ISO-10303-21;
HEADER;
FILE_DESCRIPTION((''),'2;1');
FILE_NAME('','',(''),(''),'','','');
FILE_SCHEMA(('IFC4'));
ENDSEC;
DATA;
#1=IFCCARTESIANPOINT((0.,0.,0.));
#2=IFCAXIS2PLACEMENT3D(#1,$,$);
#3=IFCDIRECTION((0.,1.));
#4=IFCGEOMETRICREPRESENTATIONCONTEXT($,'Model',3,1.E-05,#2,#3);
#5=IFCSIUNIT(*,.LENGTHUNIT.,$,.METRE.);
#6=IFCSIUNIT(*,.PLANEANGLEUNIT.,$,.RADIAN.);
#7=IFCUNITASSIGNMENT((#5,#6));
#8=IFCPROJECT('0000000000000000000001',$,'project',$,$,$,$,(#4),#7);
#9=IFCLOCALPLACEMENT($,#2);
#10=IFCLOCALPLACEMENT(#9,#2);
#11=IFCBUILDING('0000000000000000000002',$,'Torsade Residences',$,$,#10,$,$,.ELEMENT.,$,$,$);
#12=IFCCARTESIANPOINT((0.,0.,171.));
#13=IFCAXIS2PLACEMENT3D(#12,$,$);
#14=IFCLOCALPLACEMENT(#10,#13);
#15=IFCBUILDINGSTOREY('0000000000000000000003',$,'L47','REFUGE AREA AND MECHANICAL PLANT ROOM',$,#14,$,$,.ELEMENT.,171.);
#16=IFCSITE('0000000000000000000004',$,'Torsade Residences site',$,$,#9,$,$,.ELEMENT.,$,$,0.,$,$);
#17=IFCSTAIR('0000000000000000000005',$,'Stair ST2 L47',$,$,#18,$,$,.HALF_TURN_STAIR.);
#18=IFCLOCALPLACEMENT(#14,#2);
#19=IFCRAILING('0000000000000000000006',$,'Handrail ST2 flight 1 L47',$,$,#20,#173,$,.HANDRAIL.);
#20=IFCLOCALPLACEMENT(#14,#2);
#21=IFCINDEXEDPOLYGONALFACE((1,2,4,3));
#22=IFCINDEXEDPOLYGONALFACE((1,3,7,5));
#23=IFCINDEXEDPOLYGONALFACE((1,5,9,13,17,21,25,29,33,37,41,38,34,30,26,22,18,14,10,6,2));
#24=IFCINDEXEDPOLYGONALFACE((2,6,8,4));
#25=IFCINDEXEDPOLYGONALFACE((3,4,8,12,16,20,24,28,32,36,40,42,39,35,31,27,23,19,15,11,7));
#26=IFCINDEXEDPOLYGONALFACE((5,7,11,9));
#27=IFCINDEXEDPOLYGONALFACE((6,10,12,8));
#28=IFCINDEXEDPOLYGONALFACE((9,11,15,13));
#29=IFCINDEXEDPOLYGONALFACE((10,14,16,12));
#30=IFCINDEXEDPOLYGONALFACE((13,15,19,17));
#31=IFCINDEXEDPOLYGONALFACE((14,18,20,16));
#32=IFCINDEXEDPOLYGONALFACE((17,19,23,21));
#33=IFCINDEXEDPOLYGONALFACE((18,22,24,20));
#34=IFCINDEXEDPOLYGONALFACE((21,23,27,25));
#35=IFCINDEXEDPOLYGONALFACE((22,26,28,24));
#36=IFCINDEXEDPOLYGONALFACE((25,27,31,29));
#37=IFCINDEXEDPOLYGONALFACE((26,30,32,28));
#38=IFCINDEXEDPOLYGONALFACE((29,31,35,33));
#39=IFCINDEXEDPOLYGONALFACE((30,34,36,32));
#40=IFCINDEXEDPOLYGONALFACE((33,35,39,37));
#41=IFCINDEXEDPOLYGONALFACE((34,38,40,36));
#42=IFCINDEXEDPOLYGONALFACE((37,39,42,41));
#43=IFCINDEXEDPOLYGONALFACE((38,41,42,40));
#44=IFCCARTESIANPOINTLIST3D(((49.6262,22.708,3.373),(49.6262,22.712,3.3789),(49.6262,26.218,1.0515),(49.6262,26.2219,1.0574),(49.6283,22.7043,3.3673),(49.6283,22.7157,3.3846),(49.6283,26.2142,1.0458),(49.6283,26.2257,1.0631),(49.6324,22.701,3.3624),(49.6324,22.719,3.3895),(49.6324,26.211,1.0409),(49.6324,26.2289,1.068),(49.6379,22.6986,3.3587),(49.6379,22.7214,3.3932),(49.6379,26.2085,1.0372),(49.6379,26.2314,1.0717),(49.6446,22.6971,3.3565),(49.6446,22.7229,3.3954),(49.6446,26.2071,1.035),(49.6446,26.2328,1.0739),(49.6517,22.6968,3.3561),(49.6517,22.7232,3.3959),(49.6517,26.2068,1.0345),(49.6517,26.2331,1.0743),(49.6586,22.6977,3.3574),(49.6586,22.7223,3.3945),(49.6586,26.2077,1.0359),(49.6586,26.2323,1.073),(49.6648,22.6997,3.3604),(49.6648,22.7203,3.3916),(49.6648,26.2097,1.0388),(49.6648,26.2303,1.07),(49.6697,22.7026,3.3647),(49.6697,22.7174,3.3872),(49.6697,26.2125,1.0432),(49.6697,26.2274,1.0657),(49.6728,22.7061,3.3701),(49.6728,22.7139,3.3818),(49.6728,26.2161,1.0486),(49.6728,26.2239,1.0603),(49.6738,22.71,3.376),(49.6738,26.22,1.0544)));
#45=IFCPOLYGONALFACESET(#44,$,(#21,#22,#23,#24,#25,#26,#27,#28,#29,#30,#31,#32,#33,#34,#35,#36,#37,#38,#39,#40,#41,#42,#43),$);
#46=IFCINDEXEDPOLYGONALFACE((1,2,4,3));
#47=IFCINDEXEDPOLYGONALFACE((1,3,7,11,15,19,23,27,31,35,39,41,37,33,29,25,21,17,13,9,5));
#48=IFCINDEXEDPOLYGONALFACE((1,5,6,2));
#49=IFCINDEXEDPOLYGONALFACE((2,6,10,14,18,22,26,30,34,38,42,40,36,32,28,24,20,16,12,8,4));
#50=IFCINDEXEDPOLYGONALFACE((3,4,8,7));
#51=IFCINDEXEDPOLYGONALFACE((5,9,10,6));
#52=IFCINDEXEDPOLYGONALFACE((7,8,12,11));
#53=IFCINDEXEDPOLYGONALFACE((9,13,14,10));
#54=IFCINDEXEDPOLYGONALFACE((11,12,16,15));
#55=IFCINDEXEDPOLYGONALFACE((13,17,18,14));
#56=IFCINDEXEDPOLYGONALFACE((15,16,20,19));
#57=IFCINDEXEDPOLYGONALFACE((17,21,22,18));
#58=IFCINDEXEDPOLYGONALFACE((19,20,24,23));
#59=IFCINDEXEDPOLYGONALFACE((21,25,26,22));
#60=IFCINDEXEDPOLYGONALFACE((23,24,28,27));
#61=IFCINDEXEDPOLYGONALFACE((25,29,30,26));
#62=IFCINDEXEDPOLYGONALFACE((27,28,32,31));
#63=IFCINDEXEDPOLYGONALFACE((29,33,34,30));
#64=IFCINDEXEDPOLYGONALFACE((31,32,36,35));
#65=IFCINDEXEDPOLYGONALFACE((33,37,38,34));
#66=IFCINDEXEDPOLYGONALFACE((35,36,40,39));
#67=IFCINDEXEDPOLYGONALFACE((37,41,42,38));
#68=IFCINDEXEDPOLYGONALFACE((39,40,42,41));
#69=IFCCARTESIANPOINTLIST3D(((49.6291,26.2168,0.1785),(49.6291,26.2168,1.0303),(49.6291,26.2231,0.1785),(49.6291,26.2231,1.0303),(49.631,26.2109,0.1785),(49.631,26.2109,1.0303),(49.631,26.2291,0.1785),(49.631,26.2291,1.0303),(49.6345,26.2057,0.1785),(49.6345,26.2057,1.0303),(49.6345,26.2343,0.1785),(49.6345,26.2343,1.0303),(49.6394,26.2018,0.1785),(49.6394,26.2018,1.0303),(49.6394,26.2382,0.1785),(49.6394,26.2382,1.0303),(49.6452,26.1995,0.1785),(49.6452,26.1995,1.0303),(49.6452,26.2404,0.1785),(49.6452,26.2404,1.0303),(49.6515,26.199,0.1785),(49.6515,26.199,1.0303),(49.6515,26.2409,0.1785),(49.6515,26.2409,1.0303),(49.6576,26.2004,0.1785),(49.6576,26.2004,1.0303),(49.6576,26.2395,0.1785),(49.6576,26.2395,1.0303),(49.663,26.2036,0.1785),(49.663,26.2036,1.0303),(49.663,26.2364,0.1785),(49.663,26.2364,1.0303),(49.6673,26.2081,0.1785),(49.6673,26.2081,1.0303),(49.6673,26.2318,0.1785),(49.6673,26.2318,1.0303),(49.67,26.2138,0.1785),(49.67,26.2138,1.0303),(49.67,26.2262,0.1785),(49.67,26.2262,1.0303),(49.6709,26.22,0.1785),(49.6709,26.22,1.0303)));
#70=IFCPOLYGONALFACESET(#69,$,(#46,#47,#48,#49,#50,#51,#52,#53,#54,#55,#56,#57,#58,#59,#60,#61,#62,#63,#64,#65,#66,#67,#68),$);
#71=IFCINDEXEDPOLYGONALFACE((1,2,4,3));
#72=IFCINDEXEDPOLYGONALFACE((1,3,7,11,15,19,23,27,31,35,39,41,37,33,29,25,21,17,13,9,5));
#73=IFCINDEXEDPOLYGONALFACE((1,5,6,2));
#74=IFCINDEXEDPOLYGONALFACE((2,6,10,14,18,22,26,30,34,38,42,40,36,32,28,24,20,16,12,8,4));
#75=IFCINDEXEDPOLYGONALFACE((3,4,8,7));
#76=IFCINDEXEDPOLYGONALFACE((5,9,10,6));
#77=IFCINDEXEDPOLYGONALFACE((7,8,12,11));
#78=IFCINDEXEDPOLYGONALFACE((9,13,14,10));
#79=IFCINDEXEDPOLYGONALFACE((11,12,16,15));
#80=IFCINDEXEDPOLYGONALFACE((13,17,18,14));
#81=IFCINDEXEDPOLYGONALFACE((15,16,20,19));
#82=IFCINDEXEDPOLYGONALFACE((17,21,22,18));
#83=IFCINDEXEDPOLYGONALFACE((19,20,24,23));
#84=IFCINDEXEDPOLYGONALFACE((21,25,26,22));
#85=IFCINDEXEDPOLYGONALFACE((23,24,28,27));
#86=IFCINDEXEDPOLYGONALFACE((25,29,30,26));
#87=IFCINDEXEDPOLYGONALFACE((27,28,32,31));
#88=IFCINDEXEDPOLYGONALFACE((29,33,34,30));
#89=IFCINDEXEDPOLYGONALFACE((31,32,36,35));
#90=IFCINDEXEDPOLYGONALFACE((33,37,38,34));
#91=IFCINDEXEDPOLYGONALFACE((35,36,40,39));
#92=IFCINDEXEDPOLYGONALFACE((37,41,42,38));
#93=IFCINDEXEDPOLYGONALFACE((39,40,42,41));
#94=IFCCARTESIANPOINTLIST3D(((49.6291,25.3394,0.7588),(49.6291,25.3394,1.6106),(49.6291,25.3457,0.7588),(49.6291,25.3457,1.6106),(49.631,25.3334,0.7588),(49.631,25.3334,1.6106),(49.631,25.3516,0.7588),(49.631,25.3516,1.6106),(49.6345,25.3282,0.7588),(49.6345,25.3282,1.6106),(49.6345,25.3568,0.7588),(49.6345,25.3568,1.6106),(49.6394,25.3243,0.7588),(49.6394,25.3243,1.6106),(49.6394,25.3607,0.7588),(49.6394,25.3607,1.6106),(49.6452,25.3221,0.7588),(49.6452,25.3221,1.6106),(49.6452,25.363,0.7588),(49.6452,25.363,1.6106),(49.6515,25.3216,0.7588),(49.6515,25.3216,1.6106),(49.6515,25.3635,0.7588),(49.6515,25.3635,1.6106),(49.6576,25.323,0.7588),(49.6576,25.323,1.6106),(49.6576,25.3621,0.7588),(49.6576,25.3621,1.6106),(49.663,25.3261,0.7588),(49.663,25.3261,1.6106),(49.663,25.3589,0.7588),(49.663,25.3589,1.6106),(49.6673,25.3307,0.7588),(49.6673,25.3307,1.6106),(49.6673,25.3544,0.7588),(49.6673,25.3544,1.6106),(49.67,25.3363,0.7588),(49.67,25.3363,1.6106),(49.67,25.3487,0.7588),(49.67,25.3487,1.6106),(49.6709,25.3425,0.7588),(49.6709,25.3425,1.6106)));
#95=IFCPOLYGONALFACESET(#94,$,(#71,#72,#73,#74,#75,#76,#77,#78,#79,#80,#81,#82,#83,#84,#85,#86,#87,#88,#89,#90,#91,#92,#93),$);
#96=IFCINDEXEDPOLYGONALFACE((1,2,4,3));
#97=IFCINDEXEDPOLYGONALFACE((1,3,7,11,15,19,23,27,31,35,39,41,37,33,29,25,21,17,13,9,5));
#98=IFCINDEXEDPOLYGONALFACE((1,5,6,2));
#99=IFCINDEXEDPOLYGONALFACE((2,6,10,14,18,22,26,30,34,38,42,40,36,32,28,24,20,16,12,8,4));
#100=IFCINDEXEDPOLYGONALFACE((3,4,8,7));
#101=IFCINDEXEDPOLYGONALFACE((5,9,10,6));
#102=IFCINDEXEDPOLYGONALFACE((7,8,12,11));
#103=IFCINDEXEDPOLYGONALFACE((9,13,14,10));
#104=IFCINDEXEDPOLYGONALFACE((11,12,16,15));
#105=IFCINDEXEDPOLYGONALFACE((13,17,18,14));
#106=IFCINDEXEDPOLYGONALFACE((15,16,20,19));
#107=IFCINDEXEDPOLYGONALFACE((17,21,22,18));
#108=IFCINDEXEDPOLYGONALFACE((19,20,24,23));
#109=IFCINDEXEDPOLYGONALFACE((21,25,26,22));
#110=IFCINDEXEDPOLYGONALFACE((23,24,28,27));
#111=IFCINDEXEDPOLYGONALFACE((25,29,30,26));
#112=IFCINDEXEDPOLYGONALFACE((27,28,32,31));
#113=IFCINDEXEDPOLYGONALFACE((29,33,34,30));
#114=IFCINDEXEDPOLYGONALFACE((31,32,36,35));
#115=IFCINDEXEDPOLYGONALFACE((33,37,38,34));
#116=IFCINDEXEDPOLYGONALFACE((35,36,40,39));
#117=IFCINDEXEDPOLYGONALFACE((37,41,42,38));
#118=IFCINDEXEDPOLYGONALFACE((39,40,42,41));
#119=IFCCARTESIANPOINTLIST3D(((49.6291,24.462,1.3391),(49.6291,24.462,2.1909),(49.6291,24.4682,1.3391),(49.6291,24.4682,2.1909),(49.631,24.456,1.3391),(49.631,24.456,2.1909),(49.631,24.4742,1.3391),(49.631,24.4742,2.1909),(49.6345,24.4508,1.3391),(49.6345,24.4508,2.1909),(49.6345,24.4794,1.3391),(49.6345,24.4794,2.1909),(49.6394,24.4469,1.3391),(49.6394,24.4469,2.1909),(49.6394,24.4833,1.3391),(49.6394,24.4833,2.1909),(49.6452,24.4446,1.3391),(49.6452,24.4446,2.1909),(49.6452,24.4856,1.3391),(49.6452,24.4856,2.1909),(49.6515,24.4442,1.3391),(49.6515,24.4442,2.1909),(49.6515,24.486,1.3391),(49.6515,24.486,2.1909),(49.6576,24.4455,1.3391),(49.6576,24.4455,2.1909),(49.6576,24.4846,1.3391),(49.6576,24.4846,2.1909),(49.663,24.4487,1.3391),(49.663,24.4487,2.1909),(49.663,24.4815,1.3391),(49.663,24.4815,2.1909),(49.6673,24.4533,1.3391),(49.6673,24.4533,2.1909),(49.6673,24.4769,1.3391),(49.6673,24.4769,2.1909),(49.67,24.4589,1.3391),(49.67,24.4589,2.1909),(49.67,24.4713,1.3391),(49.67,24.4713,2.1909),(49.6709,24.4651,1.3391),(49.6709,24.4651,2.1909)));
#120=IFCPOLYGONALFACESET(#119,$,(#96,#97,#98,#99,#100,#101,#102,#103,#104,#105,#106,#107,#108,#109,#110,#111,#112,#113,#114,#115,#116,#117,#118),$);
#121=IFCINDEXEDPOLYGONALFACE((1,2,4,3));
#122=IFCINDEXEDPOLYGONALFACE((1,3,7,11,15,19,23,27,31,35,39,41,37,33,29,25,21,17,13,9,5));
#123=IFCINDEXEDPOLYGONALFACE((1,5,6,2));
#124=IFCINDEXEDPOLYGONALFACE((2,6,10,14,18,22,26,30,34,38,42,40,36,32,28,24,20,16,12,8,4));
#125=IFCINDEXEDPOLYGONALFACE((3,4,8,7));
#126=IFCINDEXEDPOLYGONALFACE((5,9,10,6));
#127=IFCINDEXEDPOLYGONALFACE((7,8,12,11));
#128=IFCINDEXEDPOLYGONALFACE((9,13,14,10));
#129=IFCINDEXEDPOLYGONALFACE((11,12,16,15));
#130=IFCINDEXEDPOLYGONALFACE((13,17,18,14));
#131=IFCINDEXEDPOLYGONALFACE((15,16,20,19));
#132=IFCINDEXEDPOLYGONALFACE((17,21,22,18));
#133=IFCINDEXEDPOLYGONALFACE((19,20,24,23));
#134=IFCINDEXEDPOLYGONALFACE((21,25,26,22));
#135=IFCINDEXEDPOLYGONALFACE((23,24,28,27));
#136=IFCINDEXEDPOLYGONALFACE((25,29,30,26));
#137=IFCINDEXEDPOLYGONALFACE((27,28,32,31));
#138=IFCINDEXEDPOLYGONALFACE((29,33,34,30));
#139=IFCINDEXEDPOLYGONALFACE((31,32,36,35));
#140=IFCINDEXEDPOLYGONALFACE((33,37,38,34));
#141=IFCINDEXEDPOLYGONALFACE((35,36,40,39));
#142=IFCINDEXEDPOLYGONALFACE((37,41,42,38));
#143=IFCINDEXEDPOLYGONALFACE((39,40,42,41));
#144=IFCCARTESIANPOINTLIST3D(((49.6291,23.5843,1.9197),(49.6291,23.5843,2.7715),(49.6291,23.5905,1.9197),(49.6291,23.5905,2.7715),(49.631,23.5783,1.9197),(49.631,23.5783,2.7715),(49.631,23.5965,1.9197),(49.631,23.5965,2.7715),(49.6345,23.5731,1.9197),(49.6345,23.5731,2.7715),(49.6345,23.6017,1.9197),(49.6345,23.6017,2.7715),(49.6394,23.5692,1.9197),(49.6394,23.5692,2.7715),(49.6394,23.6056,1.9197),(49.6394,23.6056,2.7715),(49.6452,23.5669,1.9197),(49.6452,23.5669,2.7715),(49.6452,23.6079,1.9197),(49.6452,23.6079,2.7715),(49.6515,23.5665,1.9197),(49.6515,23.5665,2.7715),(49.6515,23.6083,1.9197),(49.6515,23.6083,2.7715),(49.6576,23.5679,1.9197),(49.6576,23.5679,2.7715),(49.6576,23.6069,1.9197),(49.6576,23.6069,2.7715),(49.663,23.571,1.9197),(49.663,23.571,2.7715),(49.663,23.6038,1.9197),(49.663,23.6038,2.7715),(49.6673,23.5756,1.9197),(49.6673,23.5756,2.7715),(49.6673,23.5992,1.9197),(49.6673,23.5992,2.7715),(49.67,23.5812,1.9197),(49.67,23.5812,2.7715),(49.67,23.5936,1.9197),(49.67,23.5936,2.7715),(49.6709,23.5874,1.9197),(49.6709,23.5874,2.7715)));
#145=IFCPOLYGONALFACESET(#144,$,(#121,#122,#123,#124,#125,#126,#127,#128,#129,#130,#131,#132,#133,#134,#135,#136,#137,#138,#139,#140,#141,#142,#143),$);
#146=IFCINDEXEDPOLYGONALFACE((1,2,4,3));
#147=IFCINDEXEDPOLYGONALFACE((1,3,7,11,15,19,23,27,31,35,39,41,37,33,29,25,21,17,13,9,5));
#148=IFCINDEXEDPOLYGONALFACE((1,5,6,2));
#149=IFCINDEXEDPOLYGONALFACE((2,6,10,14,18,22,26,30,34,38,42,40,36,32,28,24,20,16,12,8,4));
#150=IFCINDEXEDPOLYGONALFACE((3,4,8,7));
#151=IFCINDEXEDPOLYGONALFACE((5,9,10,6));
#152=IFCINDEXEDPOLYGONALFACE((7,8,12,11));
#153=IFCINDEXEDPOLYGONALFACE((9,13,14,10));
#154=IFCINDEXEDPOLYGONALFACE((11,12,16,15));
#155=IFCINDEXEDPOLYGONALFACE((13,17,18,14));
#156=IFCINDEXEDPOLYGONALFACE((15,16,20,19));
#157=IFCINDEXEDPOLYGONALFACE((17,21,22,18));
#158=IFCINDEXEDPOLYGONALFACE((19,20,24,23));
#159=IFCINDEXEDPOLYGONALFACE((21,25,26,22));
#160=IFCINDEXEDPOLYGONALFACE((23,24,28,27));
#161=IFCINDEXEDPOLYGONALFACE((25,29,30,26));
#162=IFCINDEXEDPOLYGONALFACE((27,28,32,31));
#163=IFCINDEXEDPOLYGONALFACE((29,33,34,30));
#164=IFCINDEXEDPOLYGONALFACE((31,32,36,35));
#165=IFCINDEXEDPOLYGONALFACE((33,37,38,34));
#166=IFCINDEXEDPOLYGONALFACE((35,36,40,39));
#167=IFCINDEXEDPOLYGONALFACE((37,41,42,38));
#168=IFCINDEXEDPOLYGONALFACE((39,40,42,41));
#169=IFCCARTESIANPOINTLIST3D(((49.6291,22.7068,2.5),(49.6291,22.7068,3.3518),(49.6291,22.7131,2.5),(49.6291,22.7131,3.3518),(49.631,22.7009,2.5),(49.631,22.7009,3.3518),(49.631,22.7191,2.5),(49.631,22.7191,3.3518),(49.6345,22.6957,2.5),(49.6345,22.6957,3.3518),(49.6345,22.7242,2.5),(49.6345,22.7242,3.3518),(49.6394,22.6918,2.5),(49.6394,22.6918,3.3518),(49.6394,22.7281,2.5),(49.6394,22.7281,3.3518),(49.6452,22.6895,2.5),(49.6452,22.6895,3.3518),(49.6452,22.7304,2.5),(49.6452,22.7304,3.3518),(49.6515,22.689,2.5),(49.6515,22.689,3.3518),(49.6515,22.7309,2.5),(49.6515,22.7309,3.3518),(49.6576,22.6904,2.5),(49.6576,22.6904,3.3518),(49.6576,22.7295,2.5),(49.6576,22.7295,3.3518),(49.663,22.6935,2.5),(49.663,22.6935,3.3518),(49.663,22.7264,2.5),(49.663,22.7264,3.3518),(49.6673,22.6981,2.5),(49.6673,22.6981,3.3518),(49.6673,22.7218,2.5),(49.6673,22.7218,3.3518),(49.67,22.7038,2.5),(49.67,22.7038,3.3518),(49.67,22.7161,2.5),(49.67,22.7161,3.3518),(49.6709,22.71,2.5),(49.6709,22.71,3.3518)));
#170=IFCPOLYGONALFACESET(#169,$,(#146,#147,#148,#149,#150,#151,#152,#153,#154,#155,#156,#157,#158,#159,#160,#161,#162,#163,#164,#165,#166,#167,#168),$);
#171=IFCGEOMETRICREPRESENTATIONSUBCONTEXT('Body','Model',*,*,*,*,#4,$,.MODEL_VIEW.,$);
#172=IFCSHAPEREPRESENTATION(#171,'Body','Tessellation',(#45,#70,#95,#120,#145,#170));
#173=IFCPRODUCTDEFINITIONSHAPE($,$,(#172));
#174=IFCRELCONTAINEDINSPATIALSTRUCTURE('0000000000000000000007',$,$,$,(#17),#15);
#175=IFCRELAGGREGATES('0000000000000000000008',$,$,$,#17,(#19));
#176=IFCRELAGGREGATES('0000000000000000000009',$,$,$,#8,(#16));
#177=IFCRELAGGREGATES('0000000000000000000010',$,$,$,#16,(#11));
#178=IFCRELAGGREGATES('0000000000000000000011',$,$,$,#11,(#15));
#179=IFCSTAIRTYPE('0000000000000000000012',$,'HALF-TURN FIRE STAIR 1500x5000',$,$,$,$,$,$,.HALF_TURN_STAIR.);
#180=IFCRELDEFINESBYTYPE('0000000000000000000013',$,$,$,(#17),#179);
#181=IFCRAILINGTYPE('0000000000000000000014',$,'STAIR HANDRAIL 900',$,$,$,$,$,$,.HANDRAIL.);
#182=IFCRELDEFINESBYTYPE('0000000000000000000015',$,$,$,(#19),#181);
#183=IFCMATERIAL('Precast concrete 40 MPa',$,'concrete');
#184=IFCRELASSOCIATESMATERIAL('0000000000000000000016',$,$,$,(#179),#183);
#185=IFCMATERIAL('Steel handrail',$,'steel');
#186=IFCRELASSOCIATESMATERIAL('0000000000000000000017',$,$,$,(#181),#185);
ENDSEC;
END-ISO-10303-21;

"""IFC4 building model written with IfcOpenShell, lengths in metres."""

from ifc_helpers import new_model, si_unit, direction, frame, origin, origin_2d, place, context, subcontext, project, spatial, circle, extrude, material, type_object, element, aggregate, save


model = new_model("IFC4")

# Units and contexts
model_context = context("Model", 3, precision=1e-05, world=origin(), true_north=direction((0.0, 1.0)))
body_context = subcontext(model_context, "Body", "Model", "MODEL_VIEW")
ifc_project = project(units=[si_unit("LENGTHUNIT", "METRE"), si_unit("PLANEANGLEUNIT", "RADIAN")], contexts=[model_context])

# Site, building, storey
site_placement = place(None, origin())
site = spatial("IfcSite", under=ifc_project, at=site_placement, Name="Torsade Residences site", CompositionType="ELEMENT", RefElevation=0.0)
building_placement = place(site_placement, origin())
building = spatial("IfcBuilding", under=site, at=building_placement, Name="Torsade Residences", CompositionType="ELEMENT")
storey_placement = place(building_placement, frame((0.0, 0.0, 171.0)))
storey = spatial("IfcBuildingStorey", under=building, at=storey_placement, Name="L47", Description="REFUGE AREA AND MECHANICAL PLANT ROOM", CompositionType="ELEMENT", Elevation=171.0)

# Stair, railing
ifc_material_1 = material(Name="Precast concrete 40 MPa", Category="concrete")
stair_type = type_object("IfcStairType", Name="HALF-TURN FIRE STAIR 1500x5000", PredefinedType="HALF_TURN_STAIR", material=ifc_material_1)
stair_placement = place(storey_placement, origin())
stair = element("IfcStair", 1, at=stair_placement, inside=storey, type_object=stair_type, Name="Stair ST2 L47", PredefinedType="HALF_TURN_STAIR")
ifc_material_2 = material(Name="Steel handrail", Category="steel")
railing_type = type_object("IfcRailingType", Name="STAIR HANDRAIL 900", PredefinedType="HANDRAIL", material=ifc_material_2)
railing_1_placement = place(storey_placement, frame((49.6499, 26.22, 0.1785)))
railing_1 = element("IfcRailing", 2, at=railing_1_placement, type_object=railing_type, Name="Handrail ST2 flight 1 L47", PredefinedType="HANDRAIL", context=body_context, shape_type="SweptSolid", body=[
    extrude(circle(Radius=0.0239, at=origin_2d()), frame((0.0, 0.0, 0.876), z_axis=(0.0, -0.834071, 0.551657), x_axis=(1.0, 0.0, 0.0)), (0.0, 0.0, 1.0), 4.2083),
    extrude(circle(Radius=0.021, at=origin_2d()), origin(), (0.0, 0.0, 1.0), 0.8518),
    extrude(circle(Radius=0.021, at=origin_2d()), frame((0.0, -0.8774, 0.5803)), (0.0, 0.0, 1.0), 0.8518),
    extrude(circle(Radius=0.021, at=origin_2d()), frame((0.0, -1.7549, 1.1606)), (0.0, 0.0, 1.0), 0.8518),
    extrude(circle(Radius=0.021, at=origin_2d()), frame((0.0, -2.6326, 1.7412)), (0.0, 0.0, 1.0), 0.8518),
    extrude(circle(Radius=0.021, at=origin_2d()), frame((0.0, -3.51, 2.3215)), (0.0, 0.0, 1.0), 0.8518),
])
aggregate(stair, [railing_1])

save(model, "model.ifc")
